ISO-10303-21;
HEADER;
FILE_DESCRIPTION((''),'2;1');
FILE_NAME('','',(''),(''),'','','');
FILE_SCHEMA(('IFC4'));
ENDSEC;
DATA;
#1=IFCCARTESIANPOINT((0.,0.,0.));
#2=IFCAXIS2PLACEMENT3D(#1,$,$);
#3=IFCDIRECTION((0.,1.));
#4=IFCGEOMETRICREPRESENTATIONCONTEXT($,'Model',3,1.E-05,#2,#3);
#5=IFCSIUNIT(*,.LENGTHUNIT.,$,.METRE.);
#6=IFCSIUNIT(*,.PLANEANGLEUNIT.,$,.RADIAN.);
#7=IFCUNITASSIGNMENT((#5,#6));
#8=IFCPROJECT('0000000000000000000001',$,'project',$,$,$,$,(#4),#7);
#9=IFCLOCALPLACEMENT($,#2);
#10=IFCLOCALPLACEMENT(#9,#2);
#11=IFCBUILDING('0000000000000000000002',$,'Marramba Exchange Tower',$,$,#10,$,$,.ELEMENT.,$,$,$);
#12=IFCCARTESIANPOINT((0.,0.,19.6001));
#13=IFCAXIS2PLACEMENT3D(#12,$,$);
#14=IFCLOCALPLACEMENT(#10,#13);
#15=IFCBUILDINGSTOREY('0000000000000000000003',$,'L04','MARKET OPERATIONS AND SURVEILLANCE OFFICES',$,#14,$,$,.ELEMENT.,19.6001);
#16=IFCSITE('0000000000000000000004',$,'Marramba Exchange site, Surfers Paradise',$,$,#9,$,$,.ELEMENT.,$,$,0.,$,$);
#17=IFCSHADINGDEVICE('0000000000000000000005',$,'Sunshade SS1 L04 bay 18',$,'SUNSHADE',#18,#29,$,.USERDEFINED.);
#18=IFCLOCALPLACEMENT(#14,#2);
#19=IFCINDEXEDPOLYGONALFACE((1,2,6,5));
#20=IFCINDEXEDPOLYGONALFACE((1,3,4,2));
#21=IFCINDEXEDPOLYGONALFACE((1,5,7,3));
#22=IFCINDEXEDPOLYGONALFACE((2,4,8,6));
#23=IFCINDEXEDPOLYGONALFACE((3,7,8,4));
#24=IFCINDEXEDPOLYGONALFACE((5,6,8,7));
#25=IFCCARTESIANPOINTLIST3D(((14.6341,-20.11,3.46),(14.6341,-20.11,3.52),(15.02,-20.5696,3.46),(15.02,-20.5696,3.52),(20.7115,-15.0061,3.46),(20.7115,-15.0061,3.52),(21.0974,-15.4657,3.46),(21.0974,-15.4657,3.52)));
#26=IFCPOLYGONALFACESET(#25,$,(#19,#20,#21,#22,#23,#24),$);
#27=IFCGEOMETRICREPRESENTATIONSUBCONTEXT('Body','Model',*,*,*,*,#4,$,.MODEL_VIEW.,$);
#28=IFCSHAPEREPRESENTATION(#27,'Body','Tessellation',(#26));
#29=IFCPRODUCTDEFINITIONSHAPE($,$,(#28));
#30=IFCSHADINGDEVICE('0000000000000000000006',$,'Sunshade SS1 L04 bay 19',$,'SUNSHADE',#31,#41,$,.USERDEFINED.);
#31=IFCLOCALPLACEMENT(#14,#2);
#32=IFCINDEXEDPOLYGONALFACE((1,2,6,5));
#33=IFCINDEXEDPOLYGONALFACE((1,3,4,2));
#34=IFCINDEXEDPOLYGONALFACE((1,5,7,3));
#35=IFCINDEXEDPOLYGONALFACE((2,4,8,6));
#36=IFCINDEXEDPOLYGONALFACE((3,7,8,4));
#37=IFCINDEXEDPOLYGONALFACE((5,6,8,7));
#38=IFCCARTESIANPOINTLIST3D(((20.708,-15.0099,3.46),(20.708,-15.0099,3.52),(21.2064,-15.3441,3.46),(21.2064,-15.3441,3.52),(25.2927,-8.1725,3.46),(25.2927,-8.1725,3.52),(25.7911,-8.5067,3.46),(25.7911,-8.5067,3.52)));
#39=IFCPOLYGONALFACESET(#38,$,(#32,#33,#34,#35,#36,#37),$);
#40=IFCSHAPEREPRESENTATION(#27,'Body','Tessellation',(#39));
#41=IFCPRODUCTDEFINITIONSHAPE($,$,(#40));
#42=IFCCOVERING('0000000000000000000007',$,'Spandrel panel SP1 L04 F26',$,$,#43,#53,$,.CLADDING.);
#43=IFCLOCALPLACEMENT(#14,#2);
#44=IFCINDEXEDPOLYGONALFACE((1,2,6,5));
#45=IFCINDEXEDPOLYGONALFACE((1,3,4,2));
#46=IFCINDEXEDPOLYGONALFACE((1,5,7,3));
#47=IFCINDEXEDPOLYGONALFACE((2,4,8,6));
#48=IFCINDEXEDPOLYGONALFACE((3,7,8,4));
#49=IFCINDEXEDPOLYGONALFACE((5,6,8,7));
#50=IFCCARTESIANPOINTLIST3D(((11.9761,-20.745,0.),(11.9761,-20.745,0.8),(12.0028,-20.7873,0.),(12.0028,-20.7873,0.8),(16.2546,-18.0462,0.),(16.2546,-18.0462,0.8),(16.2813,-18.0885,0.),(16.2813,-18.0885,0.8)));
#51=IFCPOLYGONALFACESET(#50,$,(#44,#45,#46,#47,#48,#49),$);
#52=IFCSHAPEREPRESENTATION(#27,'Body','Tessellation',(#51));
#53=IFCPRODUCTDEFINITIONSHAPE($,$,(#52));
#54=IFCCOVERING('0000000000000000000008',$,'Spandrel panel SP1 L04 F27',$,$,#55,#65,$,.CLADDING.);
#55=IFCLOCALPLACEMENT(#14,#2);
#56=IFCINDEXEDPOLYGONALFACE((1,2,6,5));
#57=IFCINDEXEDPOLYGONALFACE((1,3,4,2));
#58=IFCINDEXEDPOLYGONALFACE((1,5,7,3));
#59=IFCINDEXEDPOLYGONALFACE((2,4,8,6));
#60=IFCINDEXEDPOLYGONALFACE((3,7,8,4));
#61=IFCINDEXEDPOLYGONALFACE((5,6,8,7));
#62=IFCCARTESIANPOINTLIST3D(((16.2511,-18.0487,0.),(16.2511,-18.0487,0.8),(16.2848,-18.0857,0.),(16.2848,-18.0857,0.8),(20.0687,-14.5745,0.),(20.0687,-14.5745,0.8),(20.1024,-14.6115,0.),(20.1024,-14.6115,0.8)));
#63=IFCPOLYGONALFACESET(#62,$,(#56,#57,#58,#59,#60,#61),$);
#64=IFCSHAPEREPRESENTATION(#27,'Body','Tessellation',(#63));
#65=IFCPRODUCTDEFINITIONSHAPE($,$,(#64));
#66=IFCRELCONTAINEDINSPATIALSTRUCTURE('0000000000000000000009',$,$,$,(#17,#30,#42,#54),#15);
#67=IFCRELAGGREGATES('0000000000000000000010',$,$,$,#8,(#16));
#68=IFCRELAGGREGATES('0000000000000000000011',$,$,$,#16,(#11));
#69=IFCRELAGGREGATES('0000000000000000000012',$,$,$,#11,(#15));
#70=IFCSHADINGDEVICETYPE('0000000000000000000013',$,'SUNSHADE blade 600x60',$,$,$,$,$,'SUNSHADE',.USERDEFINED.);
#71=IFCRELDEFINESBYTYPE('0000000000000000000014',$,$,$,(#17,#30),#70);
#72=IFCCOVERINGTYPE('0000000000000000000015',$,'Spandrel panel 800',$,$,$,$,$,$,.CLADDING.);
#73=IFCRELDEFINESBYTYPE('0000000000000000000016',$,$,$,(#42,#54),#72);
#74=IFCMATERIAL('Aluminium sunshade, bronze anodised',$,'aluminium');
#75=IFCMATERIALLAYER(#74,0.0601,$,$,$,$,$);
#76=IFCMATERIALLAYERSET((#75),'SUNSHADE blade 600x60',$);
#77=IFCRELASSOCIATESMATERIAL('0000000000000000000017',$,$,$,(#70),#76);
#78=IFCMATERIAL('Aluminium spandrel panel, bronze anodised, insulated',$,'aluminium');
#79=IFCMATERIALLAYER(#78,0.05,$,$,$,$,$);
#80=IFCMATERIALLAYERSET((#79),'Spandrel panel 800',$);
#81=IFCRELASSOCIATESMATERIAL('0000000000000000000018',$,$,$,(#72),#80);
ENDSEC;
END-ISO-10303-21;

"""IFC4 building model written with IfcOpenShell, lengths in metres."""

from ifc_helpers import new_model, si_unit, direction, frame, origin, origin_2d, place, context, subcontext, project, spatial, rectangle, extrude, material, layer, layer_set, type_object, element, save


model = new_model("IFC4")

# Units and contexts
model_context = context("Model", 3, precision=1e-05, world=origin(), true_north=direction((0.0, 1.0)))
body_context = subcontext(model_context, "Body", "Model", "MODEL_VIEW")
ifc_project = project(units=[si_unit("LENGTHUNIT", "METRE"), si_unit("PLANEANGLEUNIT", "RADIAN")], contexts=[model_context])

# Site, building, storey
site_placement = place(None, origin())
site = spatial("IfcSite", under=ifc_project, at=site_placement, Name="Marramba Exchange site, Surfers Paradise", CompositionType="ELEMENT", RefElevation=0.0)
building_placement = place(site_placement, origin())
building = spatial("IfcBuilding", under=site, at=building_placement, Name="Marramba Exchange Tower", CompositionType="ELEMENT")
storey_placement = place(building_placement, frame((0.0, 0.0, 19.6001)))
storey = spatial("IfcBuildingStorey", under=building, at=storey_placement, Name="L04", Description="MARKET OPERATIONS AND SURVEILLANCE OFFICES", CompositionType="ELEMENT", Elevation=19.6001)

# Shading devices
ifc_material_1 = material(Name="Aluminium sunshade, bronze anodised", Category="aluminium")
ifc_layer_1 = layer(ifc_material_1, 0.0601)
ifc_layer_set_1 = layer_set([ifc_layer_1], Name="SUNSHADE blade 600x60")
shading_device_type_1 = type_object("IfcShadingDeviceType", Name="SUNSHADE blade 600x60", ElementType="SUNSHADE", PredefinedType="USERDEFINED", material=ifc_layer_set_1)
shading_device_1_placement = place(storey_placement, frame((17.8657, -17.7878, 3.46), z_axis=(0.0, 0.0, 1.0), x_axis=(0.765776, 0.643107, 0.0)))
element("IfcShadingDevice", 1, at=shading_device_1_placement, inside=storey, type_object=shading_device_type_1, Name="Sunshade SS1 L04 bay 18", ObjectType="SUNSHADE", PredefinedType="USERDEFINED", context=body_context, shape_type="SweptSolid", body=[
    extrude(rectangle(XDim=7.9363, YDim=0.6001, at=origin_2d()), origin(), (0.0, 0.0, 1.0), 0.0601),
])
shading_device_2_placement = place(storey_placement, frame((23.2495, -11.7583, 3.46), z_axis=(0.0, 0.0, 1.0), x_axis=(0.556924, 0.830563, 0.0)))
element("IfcShadingDevice", 2, at=shading_device_2_placement, inside=storey, type_object=shading_device_type_1, Name="Sunshade SS1 L04 bay 19", ObjectType="SUNSHADE", PredefinedType="USERDEFINED", context=body_context, shape_type="SweptSolid", body=[
    extrude(rectangle(XDim=8.2322, YDim=0.6001, at=origin_2d()), origin(), (0.0, 0.0, 1.0), 0.0601),
])

# Coverings
ifc_material_2 = material(Name="Aluminium spandrel panel, bronze anodised, insulated", Category="aluminium")
ifc_layer_2 = layer(ifc_material_2, 0.05)
ifc_layer_set_2 = layer_set([ifc_layer_2], Name="Spandrel panel 800")
covering_type = type_object("IfcCoveringType", Name="Spandrel panel 800", PredefinedType="CLADDING", material=ifc_layer_set_2)
covering_1_placement = place(storey_placement, frame((14.1287, -19.4167, 0.0), z_axis=(0.0, 0.0, 1.0), x_axis=(0.845791, 0.533515, 0.0)))
element("IfcCovering", 3, at=covering_1_placement, inside=storey, type_object=covering_type, Name="Spandrel panel SP1 L04 F26", PredefinedType="CLADDING", context=body_context, shape_type="SweptSolid", body=[
    extrude(rectangle(XDim=5.0586, YDim=0.05, at=origin_2d()), origin(), (0.0, 0.0, 1.0), 0.8),
])
covering_2_placement = place(storey_placement, frame((18.1768, -16.3301, 0.0), z_axis=(0.0, 0.0, 1.0), x_axis=(0.73959, 0.673058, 0.0)))
element("IfcCovering", 4, at=covering_2_placement, inside=storey, type_object=covering_type, Name="Spandrel panel SP1 L04 F27", PredefinedType="CLADDING", context=body_context, shape_type="SweptSolid", body=[
    extrude(rectangle(XDim=5.1619, YDim=0.05, at=origin_2d()), origin(), (0.0, 0.0, 1.0), 0.8),
])

save(model, "model.ifc")
